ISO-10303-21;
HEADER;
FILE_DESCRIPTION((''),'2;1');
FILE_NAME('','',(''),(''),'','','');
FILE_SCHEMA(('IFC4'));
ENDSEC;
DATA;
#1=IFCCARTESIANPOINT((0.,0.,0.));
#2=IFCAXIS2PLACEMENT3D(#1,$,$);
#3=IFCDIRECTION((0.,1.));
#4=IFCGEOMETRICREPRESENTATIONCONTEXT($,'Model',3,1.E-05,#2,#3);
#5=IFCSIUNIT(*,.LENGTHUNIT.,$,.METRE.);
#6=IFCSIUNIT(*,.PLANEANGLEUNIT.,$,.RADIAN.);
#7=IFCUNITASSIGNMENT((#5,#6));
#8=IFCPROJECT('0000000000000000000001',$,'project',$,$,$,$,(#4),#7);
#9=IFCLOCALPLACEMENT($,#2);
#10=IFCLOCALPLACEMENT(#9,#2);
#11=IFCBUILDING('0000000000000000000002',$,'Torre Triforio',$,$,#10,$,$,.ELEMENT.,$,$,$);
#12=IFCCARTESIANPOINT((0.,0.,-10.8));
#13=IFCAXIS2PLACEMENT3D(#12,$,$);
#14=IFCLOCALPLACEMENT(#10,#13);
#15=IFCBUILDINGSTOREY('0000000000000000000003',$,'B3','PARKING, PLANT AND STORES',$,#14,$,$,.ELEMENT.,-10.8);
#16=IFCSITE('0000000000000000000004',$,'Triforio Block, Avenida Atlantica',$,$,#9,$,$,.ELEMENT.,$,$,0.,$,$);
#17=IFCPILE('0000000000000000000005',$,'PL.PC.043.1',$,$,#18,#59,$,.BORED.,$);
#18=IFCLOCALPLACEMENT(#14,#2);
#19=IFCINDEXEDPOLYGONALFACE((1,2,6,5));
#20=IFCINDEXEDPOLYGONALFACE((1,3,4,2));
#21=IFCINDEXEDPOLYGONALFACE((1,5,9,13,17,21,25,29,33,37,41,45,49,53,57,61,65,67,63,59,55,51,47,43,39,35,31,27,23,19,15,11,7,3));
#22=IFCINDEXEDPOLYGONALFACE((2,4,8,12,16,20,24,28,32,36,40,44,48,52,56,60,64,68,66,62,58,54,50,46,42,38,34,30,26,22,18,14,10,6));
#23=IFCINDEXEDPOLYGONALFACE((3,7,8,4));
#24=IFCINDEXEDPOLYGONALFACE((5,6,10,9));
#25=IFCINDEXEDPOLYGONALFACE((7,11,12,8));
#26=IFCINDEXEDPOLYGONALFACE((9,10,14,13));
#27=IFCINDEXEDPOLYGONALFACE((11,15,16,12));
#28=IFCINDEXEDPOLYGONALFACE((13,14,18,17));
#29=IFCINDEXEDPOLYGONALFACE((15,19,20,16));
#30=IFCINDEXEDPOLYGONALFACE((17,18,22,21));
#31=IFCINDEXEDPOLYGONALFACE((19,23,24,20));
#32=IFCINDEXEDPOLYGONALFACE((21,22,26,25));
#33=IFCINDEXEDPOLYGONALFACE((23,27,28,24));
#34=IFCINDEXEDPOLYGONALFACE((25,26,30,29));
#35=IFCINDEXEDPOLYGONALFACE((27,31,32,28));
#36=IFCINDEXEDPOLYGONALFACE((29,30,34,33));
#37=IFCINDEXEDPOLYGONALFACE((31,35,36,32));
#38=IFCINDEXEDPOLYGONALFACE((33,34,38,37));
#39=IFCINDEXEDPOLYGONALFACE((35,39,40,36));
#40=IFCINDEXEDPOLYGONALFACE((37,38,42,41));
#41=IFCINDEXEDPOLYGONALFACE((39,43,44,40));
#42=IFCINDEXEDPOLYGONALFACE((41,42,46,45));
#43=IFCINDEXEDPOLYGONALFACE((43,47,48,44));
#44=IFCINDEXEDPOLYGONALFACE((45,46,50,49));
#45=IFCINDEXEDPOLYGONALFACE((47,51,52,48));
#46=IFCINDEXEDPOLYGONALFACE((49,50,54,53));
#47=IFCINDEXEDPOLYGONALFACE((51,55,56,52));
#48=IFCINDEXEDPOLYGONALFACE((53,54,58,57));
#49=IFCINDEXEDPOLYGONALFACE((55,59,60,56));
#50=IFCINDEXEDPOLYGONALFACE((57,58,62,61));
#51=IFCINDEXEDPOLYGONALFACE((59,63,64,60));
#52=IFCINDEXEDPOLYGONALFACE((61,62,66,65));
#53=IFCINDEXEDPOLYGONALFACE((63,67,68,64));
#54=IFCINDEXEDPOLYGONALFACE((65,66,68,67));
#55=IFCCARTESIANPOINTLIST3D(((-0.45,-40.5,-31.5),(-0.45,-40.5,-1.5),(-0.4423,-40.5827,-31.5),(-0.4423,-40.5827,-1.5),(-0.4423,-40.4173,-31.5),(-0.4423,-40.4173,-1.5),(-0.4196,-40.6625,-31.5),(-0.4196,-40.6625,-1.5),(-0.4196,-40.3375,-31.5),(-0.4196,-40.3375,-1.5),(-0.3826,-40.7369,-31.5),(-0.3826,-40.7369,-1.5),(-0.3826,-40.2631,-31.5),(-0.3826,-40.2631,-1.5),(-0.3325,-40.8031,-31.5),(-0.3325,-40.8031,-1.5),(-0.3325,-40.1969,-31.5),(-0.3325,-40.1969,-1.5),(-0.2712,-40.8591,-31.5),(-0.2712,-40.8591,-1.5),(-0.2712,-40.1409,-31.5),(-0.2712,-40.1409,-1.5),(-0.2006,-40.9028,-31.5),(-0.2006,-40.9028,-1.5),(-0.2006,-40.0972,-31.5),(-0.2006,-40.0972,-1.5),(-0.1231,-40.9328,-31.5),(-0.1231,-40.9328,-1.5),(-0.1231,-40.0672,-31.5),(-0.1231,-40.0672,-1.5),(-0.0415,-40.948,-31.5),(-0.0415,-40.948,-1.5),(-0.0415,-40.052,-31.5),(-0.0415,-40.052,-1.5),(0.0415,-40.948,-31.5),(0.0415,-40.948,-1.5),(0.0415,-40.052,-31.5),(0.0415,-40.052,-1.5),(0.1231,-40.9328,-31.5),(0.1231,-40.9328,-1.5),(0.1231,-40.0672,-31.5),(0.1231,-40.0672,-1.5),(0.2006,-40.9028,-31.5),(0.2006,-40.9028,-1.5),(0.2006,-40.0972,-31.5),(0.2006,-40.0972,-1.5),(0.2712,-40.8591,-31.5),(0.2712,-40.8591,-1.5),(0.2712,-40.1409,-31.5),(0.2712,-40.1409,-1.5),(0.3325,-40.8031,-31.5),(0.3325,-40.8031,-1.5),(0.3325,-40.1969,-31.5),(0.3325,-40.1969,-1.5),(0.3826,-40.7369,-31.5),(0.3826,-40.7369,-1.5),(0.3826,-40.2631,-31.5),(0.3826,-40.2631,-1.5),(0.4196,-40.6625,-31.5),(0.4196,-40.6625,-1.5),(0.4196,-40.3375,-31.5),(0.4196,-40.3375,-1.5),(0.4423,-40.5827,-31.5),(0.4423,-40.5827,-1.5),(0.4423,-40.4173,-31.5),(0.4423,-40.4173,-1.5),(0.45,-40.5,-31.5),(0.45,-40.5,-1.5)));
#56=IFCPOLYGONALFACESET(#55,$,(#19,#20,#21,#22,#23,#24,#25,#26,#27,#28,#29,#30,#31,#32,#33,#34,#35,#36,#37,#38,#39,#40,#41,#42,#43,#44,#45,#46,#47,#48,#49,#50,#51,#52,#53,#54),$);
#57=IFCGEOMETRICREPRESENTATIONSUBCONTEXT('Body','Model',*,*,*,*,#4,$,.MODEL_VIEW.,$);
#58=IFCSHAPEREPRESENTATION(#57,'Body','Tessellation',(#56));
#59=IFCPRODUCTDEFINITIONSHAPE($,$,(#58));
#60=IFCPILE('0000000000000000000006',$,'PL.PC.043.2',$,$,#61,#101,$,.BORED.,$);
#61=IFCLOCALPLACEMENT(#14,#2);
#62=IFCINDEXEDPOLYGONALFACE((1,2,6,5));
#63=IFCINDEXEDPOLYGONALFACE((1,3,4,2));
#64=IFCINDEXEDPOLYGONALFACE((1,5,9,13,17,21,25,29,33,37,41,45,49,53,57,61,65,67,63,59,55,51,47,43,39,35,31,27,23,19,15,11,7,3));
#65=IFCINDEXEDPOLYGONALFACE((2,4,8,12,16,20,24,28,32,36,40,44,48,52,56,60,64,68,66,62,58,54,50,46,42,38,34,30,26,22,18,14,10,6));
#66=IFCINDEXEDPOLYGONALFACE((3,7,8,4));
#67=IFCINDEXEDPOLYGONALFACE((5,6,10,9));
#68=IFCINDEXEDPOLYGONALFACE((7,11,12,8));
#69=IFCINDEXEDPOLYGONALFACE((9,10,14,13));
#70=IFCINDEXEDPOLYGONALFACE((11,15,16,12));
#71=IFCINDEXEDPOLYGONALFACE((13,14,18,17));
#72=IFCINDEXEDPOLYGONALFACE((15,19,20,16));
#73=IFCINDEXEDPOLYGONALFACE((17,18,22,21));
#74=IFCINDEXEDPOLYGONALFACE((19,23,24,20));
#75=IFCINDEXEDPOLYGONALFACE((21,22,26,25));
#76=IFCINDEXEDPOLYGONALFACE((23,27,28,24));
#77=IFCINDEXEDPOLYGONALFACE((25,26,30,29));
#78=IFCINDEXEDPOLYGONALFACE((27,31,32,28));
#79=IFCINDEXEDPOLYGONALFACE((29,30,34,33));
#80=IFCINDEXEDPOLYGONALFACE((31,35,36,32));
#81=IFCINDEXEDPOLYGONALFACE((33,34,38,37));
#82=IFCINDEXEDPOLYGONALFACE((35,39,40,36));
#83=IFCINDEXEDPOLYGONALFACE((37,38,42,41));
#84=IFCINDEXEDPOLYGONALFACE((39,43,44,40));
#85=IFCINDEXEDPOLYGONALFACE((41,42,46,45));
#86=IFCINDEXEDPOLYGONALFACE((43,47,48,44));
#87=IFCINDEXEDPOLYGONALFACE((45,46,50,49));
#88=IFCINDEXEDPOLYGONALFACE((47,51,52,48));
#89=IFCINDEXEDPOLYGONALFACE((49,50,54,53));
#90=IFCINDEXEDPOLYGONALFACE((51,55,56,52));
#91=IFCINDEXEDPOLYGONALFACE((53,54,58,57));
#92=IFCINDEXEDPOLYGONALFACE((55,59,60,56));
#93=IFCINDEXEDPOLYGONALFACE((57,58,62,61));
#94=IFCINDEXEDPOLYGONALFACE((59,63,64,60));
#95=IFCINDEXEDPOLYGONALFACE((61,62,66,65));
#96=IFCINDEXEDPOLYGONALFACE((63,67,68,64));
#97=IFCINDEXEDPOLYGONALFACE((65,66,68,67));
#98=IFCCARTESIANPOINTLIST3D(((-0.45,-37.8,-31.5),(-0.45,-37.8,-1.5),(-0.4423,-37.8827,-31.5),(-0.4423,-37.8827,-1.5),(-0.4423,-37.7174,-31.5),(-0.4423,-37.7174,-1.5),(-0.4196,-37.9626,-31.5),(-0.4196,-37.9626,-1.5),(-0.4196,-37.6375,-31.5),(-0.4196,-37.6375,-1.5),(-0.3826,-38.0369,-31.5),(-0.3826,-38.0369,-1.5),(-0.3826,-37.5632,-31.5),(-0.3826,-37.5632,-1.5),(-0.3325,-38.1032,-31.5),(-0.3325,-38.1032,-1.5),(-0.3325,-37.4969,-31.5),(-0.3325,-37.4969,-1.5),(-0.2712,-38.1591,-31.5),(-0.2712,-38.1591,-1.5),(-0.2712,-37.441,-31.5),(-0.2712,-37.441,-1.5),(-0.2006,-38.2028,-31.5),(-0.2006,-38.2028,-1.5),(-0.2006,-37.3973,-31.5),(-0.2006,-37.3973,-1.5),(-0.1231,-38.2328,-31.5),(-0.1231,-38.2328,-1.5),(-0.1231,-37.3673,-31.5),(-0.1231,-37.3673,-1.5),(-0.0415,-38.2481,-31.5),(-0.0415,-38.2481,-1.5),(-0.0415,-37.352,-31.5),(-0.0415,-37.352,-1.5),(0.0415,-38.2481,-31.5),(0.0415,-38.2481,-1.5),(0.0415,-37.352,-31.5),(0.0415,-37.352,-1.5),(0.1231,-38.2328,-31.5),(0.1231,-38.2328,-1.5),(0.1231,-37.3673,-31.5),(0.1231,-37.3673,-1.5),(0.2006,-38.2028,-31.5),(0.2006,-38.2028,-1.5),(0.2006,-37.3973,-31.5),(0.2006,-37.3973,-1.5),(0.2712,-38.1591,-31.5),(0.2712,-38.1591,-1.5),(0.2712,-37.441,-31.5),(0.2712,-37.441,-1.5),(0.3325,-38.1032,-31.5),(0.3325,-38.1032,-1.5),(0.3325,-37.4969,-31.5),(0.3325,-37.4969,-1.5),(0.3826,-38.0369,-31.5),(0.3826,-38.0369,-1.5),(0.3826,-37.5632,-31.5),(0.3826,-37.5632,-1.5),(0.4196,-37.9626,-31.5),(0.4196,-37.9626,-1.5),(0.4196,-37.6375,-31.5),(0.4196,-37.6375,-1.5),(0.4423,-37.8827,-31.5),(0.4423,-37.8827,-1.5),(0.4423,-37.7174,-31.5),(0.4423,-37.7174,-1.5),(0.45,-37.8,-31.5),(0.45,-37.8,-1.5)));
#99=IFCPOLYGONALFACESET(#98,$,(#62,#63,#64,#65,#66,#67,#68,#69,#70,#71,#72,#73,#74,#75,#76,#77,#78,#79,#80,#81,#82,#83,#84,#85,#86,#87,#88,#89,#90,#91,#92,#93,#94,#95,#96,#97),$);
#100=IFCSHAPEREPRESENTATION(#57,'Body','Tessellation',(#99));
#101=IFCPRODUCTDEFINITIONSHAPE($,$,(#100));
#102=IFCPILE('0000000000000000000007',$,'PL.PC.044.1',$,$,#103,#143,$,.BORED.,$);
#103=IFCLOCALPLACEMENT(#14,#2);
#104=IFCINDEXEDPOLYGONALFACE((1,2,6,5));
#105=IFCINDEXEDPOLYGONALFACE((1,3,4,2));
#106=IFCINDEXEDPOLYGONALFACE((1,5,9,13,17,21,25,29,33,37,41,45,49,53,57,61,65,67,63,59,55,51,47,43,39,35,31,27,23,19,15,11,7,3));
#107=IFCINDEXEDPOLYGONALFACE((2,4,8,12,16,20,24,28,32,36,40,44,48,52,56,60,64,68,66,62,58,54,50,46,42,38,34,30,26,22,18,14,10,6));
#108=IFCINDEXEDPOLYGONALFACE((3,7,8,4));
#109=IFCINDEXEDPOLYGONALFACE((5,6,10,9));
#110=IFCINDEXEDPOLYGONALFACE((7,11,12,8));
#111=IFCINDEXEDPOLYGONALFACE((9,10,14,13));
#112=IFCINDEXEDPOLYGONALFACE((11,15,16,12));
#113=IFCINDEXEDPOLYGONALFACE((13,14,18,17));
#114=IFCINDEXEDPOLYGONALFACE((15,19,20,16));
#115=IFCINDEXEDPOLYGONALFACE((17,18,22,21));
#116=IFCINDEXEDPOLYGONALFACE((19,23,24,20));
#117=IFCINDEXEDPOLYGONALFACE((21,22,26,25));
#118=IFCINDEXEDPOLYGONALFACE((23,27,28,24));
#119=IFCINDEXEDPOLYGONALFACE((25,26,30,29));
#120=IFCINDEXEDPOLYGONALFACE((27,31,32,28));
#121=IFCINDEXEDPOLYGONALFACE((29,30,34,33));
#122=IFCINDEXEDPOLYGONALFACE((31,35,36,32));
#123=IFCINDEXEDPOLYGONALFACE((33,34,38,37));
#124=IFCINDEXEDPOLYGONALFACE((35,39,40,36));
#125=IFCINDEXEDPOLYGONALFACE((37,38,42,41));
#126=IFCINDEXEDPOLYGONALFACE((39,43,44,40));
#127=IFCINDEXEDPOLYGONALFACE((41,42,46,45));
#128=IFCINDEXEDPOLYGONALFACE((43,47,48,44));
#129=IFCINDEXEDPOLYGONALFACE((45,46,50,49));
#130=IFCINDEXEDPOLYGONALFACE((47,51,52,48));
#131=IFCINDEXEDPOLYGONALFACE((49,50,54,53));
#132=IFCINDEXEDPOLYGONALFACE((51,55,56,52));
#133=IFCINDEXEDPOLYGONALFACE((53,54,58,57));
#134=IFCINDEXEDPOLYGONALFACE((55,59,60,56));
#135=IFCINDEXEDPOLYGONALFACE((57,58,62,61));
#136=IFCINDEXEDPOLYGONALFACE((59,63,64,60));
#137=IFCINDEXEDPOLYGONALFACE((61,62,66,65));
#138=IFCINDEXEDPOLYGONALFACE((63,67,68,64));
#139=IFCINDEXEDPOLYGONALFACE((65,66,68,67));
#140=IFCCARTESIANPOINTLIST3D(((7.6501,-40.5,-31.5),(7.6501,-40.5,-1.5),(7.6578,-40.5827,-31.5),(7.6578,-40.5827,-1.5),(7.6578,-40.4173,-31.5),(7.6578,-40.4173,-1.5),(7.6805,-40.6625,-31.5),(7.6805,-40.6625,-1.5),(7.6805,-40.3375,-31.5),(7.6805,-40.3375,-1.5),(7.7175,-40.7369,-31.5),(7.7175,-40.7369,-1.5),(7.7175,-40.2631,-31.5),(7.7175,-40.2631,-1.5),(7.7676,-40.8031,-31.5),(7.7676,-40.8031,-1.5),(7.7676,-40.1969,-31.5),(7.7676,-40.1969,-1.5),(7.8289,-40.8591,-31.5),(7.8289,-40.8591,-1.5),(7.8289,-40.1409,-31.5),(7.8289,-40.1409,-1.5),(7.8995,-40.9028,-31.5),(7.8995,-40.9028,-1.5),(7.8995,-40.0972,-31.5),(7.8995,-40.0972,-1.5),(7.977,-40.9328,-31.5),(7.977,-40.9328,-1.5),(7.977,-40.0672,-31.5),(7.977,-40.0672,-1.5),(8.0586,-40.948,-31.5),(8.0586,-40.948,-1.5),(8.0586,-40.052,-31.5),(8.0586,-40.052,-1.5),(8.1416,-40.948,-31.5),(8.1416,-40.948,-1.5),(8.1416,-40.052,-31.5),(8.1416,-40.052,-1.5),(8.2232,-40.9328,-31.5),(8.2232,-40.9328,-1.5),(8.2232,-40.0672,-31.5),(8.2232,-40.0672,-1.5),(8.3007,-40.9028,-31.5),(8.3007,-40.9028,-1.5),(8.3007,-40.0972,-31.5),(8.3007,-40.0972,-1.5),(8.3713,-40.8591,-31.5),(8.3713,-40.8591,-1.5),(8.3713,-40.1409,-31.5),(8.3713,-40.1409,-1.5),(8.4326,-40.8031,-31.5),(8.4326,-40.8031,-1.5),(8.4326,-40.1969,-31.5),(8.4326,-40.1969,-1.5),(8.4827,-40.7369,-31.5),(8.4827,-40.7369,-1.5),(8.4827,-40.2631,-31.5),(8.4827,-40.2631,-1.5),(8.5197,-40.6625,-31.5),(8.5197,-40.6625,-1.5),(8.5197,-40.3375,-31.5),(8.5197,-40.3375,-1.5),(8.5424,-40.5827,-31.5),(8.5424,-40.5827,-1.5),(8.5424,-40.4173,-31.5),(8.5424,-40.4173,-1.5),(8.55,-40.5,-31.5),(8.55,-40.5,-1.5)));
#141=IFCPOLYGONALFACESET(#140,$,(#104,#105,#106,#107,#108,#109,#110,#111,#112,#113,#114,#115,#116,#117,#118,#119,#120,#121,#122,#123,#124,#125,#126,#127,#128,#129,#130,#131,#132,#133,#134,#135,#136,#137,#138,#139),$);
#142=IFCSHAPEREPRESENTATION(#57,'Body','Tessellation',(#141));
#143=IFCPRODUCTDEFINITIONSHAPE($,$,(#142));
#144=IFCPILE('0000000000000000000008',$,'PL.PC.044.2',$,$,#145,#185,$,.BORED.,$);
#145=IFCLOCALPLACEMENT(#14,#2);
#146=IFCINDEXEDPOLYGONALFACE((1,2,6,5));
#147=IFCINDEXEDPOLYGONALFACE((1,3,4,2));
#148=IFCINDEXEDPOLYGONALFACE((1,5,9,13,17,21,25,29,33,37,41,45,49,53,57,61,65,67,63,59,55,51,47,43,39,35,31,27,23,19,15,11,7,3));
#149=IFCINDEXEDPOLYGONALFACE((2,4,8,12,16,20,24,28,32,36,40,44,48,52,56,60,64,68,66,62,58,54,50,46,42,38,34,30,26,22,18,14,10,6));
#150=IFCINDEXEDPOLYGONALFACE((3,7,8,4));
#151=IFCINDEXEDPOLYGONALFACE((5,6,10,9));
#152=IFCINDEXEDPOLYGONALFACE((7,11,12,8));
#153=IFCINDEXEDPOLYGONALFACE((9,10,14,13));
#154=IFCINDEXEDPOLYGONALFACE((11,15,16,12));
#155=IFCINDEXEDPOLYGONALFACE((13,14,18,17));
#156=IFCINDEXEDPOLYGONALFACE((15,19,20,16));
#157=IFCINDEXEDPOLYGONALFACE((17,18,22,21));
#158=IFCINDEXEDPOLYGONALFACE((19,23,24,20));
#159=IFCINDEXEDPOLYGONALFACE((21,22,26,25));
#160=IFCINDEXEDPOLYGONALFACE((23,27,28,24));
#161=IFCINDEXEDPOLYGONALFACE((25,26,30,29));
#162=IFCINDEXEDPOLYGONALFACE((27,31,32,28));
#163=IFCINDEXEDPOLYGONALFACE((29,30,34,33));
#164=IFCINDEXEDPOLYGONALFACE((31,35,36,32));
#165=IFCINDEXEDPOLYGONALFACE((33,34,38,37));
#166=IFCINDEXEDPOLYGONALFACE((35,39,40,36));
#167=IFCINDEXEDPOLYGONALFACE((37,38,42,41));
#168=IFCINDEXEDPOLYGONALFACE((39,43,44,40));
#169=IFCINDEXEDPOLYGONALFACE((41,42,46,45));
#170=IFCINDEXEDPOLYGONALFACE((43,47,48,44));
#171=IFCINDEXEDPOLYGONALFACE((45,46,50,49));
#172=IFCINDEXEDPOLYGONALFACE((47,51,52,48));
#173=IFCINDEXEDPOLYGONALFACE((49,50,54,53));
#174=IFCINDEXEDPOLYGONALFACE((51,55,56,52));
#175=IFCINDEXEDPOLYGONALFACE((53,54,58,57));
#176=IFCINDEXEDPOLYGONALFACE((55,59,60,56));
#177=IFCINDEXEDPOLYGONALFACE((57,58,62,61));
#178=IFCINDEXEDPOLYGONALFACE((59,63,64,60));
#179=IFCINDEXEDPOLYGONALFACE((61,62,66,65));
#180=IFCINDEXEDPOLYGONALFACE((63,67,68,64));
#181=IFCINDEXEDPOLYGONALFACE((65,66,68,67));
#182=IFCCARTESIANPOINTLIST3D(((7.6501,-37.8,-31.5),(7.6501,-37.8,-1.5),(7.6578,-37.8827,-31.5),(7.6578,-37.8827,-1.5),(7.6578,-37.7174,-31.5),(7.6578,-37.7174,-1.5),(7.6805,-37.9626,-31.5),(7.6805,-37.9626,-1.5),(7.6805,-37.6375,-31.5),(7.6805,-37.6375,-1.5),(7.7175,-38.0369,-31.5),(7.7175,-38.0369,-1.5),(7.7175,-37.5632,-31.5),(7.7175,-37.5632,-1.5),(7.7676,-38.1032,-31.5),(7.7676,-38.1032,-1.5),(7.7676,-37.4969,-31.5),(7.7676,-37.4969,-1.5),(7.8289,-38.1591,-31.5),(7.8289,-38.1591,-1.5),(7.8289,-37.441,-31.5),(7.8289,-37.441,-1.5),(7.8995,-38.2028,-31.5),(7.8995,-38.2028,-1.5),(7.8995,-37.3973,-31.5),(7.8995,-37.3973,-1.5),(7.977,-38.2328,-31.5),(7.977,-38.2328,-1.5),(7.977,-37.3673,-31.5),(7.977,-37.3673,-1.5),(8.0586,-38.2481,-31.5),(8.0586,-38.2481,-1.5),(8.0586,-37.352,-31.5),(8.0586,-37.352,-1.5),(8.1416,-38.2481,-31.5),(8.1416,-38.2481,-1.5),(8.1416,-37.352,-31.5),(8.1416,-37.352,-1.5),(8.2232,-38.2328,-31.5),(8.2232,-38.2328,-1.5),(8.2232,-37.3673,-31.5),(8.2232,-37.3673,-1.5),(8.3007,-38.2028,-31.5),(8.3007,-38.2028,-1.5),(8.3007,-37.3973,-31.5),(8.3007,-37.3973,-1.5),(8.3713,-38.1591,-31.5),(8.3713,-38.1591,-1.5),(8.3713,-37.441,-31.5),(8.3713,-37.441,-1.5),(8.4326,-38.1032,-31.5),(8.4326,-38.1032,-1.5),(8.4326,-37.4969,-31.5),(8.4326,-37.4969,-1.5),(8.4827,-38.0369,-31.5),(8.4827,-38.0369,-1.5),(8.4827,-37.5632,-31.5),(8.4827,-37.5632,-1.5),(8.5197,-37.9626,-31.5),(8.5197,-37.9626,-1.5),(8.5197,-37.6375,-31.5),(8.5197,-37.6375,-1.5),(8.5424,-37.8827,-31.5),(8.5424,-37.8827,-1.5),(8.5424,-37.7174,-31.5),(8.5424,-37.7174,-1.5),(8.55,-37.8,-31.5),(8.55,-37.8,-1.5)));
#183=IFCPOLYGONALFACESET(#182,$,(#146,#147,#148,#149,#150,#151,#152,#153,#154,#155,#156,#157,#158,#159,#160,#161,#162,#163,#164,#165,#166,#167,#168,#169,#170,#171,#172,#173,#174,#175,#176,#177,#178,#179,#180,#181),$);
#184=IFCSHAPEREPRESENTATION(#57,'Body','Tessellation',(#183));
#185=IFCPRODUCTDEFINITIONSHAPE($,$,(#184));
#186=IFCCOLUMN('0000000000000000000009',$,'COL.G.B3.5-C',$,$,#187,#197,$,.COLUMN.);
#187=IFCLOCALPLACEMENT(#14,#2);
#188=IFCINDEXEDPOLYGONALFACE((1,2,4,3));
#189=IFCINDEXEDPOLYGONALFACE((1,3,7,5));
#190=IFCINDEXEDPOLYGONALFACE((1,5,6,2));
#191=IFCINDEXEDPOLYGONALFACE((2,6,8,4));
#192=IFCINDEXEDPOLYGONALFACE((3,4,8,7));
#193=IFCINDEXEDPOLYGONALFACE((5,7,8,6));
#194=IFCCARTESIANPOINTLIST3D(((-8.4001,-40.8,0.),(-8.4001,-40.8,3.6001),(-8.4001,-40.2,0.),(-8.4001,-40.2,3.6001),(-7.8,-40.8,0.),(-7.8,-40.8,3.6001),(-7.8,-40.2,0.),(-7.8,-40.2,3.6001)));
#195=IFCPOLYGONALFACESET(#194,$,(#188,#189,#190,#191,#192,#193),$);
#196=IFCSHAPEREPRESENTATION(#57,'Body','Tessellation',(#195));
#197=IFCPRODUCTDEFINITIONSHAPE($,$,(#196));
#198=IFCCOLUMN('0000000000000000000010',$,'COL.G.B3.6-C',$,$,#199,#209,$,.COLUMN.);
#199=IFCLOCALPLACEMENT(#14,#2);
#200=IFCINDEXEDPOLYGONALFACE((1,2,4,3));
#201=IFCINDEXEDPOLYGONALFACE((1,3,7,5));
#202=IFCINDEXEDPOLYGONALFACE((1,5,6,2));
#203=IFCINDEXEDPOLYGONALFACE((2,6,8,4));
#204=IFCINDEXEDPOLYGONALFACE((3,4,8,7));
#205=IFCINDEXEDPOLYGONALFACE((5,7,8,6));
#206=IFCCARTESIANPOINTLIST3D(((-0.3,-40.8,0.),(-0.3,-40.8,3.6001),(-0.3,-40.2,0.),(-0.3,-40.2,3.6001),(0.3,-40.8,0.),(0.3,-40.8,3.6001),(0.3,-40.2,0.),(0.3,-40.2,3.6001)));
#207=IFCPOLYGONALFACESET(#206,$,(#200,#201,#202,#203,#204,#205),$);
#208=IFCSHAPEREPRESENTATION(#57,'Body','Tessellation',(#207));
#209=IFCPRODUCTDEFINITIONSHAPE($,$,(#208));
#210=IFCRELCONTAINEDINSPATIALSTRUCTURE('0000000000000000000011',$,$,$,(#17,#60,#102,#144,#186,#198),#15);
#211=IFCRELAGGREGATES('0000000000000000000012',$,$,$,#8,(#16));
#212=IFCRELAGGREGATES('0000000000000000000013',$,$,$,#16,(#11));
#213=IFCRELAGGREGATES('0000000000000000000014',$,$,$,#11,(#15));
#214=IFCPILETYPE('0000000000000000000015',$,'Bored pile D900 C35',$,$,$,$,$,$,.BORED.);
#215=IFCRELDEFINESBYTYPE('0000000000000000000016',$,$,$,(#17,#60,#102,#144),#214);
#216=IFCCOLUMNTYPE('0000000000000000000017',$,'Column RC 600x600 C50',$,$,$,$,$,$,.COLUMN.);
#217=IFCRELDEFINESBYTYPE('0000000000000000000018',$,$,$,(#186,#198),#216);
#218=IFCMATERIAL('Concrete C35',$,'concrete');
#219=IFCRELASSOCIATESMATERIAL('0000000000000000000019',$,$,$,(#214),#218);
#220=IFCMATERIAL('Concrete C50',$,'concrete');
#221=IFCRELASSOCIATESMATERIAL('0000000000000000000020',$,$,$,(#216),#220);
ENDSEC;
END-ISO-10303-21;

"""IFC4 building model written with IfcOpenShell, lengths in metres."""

from ifc_helpers import new_model, si_unit, direction, frame, origin, origin_2d, place, context, subcontext, project, spatial, rectangle, circle, extrude, material, material_profile, profile_set, type_object, element, save


model = new_model("IFC4")

# Units and contexts
model_context = context("Model", 3, precision=1e-05, world=origin(), true_north=direction((0.0, 1.0)))
body_context = subcontext(model_context, "Body", "Model", "MODEL_VIEW")
ifc_project = project(units=[si_unit("LENGTHUNIT", "METRE"), si_unit("PLANEANGLEUNIT", "RADIAN")], contexts=[model_context])

# Site, building, storey
site_placement = place(None, origin())
site = spatial("IfcSite", under=ifc_project, at=site_placement, Name="Triforio Block, Avenida Atlantica", CompositionType="ELEMENT", RefElevation=0.0)
building_placement = place(site_placement, origin())
building = spatial("IfcBuilding", under=site, at=building_placement, Name="Torre Triforio", CompositionType="ELEMENT")
storey_placement = place(building_placement, frame((0.0, 0.0, -10.8)))
storey = spatial("IfcBuildingStorey", under=building, at=storey_placement, Name="B3", Description="PARKING, PLANT AND STORES", CompositionType="ELEMENT", Elevation=-10.8)

# Piles
ifc_material_1 = material(Name="Concrete C35", Category="concrete")
ifc_material_profile_1 = material_profile(ifc_material_1, circle(Radius=0.45, at=origin_2d()), Name="RC D900")
ifc_profile_set_1 = profile_set([ifc_material_profile_1], Name="Concrete C35")
pile_type = type_object("IfcPileType", Name="Bored pile D900 C35", PredefinedType="BORED", material=ifc_profile_set_1)
for number, where, z_axis, x_axis, name in (
    (1, (0.0, -40.5, -1.5), (0.0, 0.0, -1.0), (1.0, 0.0, 0.0), "PL.PC.043.1"),
    (2, (0.0, -37.8, -1.5), (0.0, 0.0, -1.0), (1.0, 0.0, 0.0), "PL.PC.043.2"),
    (3, (8.1001, -40.5, -1.5), (0.0, 0.0, -1.0), (1.0, 0.0, 0.0), "PL.PC.044.1"),
    (4, (8.1001, -37.8, -1.5), (0.0, 0.0, -1.0), (1.0, 0.0, 0.0), "PL.PC.044.2"),
):
    element("IfcPile", number, at=place(storey_placement, frame(where, z_axis=z_axis, x_axis=x_axis)), inside=storey, type_object=pile_type, Name=name, PredefinedType="BORED", context=body_context, shape_type="SweptSolid", body=[
        extrude(circle(Radius=0.45, at=origin_2d()), origin(), (0.0, 0.0, 1.0), 30.0),
    ])

# Columns
ifc_material_2 = material(Name="Concrete C50", Category="concrete")
ifc_material_profile_2 = material_profile(ifc_material_2, rectangle(XDim=0.6001, YDim=0.6001, at=origin_2d()), Name="RC 600x600")
ifc_profile_set_2 = profile_set([ifc_material_profile_2], Name="Concrete C50")
column_type_1 = type_object("IfcColumnType", Name="Column RC 600x600 C50", PredefinedType="COLUMN", material=ifc_profile_set_2)
for number, where, z_axis, x_axis, name in (
    (5, (-8.1001, -40.5, 0.0), (0.0, 0.0, 1.0), (1.0, 0.0, 0.0), "COL.G.B3.5-C"),
    (6, (0.0, -40.5, 0.0), (0.0, 0.0, 1.0), (1.0, 0.0, 0.0), "COL.G.B3.6-C"),
):
    element("IfcColumn", number, at=place(storey_placement, frame(where, z_axis=z_axis, x_axis=x_axis)), inside=storey, type_object=column_type_1, Name=name, PredefinedType="COLUMN", context=body_context, shape_type="SweptSolid", body=[
        extrude(rectangle(XDim=0.6001, YDim=0.6001, at=origin_2d()), origin(), (0.0, 0.0, 1.0), 3.6001),
    ])

save(model, "model.ifc")
